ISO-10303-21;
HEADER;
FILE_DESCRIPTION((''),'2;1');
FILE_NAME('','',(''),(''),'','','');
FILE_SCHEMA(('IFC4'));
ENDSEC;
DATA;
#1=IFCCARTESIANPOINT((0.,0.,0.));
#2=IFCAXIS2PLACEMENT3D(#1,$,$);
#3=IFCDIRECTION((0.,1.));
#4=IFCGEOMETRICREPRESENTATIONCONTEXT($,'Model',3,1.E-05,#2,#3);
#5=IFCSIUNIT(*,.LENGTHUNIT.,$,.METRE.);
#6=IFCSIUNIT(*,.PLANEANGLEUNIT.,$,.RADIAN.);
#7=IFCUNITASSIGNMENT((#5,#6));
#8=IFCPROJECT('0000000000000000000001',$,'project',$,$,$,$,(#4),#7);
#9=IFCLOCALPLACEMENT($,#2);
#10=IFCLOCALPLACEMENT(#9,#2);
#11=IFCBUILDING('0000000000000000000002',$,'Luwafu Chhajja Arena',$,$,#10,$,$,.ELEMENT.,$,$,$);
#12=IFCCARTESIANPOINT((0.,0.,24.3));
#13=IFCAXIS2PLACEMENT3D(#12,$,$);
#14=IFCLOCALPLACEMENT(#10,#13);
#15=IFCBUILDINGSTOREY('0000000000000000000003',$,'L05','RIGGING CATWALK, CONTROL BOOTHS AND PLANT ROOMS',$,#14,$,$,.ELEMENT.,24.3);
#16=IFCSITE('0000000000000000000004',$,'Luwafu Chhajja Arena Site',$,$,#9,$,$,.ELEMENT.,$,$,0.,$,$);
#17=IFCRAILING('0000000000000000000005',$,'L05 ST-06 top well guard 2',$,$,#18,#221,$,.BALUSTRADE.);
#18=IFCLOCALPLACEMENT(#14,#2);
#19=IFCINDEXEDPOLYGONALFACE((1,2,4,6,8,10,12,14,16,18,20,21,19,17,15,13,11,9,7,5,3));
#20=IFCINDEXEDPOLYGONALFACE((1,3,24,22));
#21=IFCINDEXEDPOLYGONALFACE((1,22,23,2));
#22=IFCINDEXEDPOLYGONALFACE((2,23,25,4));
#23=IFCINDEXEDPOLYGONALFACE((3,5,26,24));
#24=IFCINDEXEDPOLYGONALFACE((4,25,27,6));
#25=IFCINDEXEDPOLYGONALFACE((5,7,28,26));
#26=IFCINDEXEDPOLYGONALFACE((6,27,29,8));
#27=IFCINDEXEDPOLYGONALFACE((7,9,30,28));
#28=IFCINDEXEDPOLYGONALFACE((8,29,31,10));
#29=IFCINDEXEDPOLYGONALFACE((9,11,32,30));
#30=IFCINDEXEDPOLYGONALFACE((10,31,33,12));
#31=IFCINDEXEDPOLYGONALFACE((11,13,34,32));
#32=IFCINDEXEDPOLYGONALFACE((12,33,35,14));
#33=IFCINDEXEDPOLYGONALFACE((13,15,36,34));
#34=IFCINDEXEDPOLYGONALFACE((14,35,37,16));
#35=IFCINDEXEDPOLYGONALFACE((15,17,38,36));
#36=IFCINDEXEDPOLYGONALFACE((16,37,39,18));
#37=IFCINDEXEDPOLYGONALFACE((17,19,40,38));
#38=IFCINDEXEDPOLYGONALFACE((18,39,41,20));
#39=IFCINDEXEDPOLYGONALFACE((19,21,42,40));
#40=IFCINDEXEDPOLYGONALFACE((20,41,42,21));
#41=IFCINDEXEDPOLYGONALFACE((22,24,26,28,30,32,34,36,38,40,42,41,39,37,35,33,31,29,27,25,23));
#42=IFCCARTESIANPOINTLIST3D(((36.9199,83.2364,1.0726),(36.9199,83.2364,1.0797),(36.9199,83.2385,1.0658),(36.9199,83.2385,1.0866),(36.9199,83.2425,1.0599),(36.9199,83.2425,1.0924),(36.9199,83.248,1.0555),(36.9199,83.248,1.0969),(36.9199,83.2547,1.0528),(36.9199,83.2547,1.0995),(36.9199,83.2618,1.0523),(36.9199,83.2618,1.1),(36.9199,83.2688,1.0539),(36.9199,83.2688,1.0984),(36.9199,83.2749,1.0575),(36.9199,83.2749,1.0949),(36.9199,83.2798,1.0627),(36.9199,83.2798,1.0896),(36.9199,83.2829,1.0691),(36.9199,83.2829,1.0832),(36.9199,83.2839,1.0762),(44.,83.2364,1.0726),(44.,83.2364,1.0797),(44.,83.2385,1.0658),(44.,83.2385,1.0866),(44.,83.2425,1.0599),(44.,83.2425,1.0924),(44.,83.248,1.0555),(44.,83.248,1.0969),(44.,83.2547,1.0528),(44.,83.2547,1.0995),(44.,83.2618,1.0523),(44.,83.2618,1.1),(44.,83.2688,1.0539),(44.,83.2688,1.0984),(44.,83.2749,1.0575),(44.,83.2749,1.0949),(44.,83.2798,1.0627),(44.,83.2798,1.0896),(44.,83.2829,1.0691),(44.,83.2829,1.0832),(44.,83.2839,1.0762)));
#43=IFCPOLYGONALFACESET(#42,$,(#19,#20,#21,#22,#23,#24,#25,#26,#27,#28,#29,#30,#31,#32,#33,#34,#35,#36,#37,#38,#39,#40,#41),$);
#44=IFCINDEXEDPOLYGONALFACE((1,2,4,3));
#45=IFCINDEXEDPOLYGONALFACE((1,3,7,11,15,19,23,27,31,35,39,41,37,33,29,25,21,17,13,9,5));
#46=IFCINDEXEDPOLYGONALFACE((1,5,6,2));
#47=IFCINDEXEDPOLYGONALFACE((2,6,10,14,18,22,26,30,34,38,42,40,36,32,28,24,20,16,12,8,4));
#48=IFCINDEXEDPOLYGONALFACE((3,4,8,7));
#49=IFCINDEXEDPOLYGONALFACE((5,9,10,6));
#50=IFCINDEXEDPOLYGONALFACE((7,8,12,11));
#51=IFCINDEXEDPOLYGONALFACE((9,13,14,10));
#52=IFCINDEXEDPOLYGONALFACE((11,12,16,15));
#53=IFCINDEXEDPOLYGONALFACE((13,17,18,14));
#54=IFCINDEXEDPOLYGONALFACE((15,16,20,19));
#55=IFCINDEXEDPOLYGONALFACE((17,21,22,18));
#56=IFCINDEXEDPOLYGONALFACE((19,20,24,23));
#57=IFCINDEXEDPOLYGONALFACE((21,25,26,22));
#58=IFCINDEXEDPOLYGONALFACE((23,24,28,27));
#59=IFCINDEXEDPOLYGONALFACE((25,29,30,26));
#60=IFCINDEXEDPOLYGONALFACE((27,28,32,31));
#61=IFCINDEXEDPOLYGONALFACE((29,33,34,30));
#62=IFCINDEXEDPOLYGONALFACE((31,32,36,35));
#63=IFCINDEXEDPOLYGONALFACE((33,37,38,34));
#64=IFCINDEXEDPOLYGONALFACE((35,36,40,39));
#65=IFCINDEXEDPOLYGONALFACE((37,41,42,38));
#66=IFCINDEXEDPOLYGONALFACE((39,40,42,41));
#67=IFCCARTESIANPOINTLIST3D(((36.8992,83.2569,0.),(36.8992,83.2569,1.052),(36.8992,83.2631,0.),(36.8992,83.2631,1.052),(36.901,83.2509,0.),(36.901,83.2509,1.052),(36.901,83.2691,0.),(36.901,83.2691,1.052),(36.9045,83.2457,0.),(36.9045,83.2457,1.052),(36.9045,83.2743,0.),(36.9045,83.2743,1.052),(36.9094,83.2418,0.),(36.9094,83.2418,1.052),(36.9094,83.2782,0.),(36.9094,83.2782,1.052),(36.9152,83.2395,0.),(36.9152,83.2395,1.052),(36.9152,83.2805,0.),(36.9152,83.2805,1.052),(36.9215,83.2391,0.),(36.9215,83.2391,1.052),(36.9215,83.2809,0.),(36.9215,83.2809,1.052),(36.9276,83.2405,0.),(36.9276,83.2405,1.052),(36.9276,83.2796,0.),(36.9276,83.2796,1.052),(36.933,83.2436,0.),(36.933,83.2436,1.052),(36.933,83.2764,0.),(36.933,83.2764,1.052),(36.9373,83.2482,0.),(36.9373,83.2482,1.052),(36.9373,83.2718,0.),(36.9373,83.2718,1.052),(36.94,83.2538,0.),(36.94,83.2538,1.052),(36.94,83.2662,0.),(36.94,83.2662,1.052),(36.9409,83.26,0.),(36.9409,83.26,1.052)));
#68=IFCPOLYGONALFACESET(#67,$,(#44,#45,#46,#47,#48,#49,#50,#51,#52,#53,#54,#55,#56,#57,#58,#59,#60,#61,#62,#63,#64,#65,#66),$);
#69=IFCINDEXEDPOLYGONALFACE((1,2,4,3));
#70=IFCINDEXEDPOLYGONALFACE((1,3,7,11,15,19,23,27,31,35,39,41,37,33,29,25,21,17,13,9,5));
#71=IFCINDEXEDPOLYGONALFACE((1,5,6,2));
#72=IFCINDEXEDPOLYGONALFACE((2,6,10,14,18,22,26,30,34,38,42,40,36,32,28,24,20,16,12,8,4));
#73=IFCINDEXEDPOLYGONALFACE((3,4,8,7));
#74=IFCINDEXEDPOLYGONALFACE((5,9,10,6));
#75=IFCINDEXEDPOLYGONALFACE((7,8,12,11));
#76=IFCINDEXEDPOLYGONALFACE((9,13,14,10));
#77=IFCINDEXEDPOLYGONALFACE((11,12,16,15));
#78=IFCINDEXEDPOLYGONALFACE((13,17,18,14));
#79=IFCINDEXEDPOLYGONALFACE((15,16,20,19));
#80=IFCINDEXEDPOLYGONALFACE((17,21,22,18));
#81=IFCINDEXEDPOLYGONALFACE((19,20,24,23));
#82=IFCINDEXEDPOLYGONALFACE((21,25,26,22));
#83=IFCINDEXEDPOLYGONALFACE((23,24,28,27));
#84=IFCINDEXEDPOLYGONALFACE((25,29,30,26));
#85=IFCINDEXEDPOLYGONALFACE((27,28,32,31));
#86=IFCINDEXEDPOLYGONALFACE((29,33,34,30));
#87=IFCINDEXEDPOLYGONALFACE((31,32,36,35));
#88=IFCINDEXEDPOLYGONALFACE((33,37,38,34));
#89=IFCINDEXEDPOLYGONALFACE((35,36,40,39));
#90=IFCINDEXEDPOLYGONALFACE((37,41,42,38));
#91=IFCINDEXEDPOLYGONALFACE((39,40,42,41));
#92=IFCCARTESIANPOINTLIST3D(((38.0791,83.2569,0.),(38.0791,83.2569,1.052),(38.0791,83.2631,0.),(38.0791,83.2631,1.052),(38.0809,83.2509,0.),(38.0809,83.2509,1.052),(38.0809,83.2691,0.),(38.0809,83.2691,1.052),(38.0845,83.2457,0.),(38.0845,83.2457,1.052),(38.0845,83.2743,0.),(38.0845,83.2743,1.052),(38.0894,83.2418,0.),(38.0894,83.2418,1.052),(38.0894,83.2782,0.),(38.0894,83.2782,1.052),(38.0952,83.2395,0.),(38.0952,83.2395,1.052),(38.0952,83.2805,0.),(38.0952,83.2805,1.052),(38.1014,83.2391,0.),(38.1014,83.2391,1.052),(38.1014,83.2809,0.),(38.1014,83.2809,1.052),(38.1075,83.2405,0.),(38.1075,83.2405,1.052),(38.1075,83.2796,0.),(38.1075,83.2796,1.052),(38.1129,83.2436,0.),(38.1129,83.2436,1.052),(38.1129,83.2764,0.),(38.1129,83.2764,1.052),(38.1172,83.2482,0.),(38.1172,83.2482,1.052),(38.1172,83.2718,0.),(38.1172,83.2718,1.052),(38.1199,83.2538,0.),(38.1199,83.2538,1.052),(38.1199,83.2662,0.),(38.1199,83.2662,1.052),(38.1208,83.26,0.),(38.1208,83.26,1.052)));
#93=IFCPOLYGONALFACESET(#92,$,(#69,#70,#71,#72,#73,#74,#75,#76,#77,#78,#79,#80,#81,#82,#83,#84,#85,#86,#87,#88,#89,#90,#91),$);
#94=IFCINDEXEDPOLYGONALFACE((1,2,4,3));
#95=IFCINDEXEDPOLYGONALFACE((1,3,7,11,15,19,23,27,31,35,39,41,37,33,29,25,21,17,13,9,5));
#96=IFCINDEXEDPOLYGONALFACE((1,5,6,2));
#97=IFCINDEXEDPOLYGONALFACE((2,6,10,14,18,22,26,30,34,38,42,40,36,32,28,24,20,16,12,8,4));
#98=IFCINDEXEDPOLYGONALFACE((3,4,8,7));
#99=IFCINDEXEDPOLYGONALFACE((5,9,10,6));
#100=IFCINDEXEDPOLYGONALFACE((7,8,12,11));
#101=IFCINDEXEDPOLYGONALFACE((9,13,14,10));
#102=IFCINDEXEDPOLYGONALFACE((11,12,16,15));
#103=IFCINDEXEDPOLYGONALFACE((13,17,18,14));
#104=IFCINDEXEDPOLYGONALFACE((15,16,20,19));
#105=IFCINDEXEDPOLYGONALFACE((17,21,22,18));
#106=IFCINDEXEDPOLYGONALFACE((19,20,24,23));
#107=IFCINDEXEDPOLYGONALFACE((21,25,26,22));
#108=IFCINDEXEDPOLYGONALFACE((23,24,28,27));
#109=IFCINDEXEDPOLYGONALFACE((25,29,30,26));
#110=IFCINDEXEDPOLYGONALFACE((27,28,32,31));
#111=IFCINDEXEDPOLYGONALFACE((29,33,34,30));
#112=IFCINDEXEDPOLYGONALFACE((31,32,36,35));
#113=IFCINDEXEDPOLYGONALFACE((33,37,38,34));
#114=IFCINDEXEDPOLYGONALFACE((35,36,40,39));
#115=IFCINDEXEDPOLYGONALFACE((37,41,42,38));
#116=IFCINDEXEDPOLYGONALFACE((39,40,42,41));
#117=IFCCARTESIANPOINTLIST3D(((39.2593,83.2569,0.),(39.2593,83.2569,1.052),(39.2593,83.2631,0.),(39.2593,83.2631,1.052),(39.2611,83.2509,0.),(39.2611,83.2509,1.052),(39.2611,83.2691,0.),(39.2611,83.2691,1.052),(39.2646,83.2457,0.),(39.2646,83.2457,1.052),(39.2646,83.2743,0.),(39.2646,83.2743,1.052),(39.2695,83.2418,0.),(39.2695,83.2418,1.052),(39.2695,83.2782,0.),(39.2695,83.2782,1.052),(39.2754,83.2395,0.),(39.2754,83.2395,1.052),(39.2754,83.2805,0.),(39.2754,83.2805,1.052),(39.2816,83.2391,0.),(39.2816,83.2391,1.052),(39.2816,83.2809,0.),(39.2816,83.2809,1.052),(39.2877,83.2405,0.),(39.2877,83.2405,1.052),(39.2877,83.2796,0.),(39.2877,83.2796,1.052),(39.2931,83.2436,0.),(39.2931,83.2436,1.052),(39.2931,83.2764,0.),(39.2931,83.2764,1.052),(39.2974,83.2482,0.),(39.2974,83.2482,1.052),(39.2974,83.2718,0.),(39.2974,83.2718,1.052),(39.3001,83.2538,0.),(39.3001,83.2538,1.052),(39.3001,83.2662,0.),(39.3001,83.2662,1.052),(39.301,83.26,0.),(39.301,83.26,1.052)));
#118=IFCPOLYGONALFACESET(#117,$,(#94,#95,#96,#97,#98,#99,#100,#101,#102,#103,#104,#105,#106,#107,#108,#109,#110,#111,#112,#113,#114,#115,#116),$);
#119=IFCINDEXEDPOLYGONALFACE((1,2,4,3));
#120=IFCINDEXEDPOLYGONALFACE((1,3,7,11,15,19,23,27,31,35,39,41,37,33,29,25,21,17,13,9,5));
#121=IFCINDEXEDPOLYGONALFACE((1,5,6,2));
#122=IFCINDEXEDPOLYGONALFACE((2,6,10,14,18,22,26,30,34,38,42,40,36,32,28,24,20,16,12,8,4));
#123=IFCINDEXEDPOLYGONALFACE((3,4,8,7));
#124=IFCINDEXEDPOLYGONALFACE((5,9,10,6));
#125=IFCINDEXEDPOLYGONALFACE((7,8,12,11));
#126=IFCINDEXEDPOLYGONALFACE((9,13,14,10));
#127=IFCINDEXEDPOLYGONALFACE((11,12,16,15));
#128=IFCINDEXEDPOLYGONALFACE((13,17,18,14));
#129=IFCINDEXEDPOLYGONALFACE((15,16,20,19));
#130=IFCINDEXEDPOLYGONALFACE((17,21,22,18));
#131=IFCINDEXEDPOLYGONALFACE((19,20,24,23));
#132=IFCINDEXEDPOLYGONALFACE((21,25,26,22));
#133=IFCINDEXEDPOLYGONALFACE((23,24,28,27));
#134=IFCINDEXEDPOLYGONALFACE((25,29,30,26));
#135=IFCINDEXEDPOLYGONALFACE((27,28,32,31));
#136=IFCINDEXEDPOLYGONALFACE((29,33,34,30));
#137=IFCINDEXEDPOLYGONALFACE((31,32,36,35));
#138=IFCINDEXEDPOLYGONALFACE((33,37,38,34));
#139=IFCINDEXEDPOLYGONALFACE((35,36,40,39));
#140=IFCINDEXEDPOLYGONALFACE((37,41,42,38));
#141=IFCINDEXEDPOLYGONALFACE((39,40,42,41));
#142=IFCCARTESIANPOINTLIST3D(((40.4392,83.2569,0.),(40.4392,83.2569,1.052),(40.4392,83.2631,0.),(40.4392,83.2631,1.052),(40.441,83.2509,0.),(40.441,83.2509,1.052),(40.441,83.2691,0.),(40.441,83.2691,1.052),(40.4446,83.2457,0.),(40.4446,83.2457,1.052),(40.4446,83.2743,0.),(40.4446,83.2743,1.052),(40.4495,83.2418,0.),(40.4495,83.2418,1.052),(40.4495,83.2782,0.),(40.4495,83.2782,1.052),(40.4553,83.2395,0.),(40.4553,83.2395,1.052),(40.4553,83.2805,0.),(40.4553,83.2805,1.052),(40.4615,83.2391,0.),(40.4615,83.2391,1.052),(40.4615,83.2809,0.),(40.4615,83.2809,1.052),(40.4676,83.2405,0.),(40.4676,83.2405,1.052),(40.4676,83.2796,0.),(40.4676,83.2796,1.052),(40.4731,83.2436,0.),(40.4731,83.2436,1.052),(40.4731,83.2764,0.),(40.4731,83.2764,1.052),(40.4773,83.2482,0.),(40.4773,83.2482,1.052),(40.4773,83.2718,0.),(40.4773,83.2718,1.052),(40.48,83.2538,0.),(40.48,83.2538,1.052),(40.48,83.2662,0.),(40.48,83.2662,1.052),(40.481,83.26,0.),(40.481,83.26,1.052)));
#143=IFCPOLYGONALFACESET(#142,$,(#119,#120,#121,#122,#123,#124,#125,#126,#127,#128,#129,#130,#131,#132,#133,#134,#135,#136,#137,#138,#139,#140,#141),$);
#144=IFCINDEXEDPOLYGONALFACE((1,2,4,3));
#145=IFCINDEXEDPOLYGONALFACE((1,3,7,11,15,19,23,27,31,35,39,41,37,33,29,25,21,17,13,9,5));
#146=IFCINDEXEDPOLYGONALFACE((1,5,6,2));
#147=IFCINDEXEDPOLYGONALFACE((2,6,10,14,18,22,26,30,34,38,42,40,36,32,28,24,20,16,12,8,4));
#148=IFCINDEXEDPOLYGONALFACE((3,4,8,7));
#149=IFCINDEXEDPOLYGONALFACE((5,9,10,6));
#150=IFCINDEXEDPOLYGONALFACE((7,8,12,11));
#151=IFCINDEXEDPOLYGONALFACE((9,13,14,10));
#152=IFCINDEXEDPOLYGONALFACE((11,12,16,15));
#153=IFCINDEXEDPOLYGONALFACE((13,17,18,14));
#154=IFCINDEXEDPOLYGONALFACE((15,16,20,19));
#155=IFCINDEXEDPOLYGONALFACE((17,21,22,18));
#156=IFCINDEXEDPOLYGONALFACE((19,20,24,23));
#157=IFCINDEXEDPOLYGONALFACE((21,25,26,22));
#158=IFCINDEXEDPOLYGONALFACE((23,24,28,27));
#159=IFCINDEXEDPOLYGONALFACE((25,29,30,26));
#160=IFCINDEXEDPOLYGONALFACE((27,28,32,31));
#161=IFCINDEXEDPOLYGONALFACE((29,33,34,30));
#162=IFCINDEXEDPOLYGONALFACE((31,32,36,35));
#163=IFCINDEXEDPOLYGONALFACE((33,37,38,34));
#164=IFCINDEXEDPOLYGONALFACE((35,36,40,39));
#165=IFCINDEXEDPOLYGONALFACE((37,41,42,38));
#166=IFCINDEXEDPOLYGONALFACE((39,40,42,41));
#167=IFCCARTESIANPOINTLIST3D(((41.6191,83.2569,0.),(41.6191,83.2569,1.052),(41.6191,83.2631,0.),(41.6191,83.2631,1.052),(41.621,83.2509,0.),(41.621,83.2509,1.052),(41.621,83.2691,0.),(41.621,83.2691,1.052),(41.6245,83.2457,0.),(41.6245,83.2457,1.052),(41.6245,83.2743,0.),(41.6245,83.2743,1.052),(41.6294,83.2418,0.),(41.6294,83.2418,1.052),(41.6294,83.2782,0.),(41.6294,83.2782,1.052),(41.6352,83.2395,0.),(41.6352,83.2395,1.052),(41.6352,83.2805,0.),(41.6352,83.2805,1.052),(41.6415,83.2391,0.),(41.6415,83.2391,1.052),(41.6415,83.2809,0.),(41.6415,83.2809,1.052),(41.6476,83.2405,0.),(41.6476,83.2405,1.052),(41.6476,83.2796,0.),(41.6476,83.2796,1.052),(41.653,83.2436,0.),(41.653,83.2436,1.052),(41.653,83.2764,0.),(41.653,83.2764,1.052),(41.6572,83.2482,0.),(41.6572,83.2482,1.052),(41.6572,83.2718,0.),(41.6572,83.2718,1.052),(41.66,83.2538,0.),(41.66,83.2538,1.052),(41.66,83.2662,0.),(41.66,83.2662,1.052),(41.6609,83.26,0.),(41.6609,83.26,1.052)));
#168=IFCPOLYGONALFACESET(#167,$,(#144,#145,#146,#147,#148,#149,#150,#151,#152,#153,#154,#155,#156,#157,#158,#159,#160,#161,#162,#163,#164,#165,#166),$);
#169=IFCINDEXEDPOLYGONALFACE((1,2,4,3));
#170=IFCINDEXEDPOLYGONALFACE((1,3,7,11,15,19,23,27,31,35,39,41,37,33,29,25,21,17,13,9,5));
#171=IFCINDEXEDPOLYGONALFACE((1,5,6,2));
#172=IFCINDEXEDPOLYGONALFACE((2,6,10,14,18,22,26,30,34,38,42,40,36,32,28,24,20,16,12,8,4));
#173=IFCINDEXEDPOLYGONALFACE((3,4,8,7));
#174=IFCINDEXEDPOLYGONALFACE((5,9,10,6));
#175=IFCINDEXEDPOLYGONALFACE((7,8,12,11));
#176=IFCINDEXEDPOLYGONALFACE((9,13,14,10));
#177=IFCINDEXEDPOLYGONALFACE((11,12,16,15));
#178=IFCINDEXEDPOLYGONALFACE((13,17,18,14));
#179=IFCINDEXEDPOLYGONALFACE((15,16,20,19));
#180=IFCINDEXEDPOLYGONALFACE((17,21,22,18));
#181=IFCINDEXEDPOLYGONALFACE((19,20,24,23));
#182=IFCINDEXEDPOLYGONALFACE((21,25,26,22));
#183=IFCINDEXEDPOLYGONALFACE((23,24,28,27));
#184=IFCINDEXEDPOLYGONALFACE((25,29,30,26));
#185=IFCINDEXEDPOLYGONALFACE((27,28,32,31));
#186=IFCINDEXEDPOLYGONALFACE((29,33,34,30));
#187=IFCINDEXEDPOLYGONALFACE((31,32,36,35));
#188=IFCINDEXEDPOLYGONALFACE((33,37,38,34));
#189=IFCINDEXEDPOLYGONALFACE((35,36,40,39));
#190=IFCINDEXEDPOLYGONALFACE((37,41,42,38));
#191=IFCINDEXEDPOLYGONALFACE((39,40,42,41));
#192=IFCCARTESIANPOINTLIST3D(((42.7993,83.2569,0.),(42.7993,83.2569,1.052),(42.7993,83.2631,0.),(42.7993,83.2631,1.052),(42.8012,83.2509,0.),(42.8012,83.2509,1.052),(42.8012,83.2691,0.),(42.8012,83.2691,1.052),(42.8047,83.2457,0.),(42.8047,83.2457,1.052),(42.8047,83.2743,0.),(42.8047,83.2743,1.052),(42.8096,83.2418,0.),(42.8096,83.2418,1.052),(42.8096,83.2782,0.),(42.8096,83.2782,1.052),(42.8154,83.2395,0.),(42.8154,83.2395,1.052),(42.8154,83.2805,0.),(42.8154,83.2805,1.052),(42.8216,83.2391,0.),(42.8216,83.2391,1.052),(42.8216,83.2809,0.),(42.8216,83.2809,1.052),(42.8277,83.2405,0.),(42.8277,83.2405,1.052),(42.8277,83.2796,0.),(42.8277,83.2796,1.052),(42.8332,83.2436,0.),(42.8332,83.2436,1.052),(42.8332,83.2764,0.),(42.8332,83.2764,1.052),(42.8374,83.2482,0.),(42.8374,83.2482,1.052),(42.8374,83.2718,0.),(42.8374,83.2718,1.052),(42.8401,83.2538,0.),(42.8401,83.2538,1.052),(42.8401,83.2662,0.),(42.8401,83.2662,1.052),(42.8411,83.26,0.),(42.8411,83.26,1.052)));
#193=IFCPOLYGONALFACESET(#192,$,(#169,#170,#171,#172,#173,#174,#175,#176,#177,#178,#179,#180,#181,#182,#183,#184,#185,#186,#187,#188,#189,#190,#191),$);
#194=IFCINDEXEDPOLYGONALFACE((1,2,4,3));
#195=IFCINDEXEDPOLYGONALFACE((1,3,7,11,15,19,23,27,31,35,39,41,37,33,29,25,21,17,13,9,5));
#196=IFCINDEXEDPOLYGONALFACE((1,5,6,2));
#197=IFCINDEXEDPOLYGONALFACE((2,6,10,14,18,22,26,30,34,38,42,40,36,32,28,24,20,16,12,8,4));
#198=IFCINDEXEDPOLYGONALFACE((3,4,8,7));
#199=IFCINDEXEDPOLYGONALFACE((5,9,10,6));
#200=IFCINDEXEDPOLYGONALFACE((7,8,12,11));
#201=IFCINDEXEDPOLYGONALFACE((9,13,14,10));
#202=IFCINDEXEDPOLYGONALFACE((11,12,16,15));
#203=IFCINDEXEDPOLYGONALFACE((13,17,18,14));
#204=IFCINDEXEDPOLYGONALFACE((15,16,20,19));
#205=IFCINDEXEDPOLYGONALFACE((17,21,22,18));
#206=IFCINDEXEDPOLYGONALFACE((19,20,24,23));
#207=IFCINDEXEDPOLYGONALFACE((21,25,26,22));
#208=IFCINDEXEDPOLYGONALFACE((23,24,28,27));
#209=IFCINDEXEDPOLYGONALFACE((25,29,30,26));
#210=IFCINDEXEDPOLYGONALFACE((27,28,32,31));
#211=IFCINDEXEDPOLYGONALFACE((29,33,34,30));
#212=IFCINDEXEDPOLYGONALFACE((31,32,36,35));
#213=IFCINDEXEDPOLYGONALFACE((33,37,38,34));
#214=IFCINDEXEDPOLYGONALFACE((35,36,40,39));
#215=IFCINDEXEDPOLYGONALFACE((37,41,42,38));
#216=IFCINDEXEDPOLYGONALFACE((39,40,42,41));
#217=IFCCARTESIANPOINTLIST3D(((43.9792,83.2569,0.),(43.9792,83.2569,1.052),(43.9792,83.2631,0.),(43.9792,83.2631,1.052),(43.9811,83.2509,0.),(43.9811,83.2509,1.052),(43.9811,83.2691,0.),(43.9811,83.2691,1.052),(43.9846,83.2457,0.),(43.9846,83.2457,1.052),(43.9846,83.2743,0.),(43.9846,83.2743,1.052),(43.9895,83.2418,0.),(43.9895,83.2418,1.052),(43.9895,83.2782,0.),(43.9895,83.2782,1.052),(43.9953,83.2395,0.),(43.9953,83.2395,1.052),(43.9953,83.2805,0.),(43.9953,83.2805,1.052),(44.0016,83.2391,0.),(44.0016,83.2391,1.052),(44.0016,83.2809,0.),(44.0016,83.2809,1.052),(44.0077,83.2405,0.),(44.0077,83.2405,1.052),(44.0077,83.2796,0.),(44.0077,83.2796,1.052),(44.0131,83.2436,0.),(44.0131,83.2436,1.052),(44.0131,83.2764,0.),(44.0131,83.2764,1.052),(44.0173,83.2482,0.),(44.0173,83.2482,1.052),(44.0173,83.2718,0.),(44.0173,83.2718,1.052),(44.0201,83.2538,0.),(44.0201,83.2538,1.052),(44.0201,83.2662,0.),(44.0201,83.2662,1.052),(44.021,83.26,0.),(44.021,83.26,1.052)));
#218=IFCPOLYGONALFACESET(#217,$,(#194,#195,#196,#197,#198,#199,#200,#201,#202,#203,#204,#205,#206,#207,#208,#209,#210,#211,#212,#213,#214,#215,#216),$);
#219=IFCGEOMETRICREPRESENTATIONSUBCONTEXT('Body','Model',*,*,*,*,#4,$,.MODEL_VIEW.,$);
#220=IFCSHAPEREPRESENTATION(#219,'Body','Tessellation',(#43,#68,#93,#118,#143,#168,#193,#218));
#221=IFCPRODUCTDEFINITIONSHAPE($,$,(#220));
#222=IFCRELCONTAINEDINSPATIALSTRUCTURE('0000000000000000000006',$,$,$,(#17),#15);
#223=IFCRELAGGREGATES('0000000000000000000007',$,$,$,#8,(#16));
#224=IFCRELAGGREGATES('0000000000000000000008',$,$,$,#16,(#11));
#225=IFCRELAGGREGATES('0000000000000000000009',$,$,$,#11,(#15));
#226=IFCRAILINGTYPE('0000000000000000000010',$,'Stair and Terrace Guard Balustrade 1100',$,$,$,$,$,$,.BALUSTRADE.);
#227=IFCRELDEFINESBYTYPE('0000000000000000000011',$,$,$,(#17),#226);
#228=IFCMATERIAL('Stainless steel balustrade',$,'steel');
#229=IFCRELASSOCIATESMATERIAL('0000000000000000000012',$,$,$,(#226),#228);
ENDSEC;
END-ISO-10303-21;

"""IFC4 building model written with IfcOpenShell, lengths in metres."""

from ifc_helpers import new_model, si_unit, direction, frame, origin, origin_2d, place, context, subcontext, project, spatial, circle, extrude, material, type_object, element, save


model = new_model("IFC4")

# Units and contexts
model_context = context("Model", 3, precision=1e-05, world=origin(), true_north=direction((0.0, 1.0)))
body_context = subcontext(model_context, "Body", "Model", "MODEL_VIEW")
ifc_project = project(units=[si_unit("LENGTHUNIT", "METRE"), si_unit("PLANEANGLEUNIT", "RADIAN")], contexts=[model_context])

# Site, building, storey
site_placement = place(None, origin())
site = spatial("IfcSite", under=ifc_project, at=site_placement, Name="Luwafu Chhajja Arena Site", CompositionType="ELEMENT", RefElevation=0.0)
building_placement = place(site_placement, origin())
building = spatial("IfcBuilding", under=site, at=building_placement, Name="Luwafu Chhajja Arena", CompositionType="ELEMENT")
storey_placement = place(building_placement, frame((0.0, 0.0, 24.3)))
storey = spatial("IfcBuildingStorey", under=building, at=storey_placement, Name="L05", Description="RIGGING CATWALK, CONTROL BOOTHS AND PLANT ROOMS", CompositionType="ELEMENT", Elevation=24.3)

# Railing
ifc_material_1 = material(Name="Stainless steel balustrade", Category="steel")
railing_type = type_object("IfcRailingType", Name="Stair and Terrace Guard Balustrade 1100", PredefinedType="BALUSTRADE", material=ifc_material_1)
for number, where, name in (
    (1, (36.9199, 83.26, 0.0), "L05 ST-06 top well guard 2"),
):
    element("IfcRailing", number, at=place(storey_placement, frame(where)), inside=storey, type_object=railing_type, Name=name, PredefinedType="BALUSTRADE", context=body_context, shape_type="SweptSolid", body=[
        extrude(circle(Radius=0.0239, at=origin_2d()), frame((0.0, 0.0, 1.0762), z_axis=(1.0, 0.0, 0.0), x_axis=(0.0, 1.0, 0.0)), (0.0, 0.0, 1.0), 7.0801),
        extrude(circle(Radius=0.021, at=origin_2d()), origin(), (0.0, 0.0, 1.0), 1.052),
        extrude(circle(Radius=0.021, at=origin_2d()), frame((1.1799, 0.0, 0.0)), (0.0, 0.0, 1.0), 1.052),
        extrude(circle(Radius=0.021, at=origin_2d()), frame((2.3601, 0.0, 0.0)), (0.0, 0.0, 1.0), 1.052),
        extrude(circle(Radius=0.021, at=origin_2d()), frame((3.54, 0.0, 0.0)), (0.0, 0.0, 1.0), 1.052),
        extrude(circle(Radius=0.021, at=origin_2d()), frame((4.72, 0.0, 0.0)), (0.0, 0.0, 1.0), 1.052),
        extrude(circle(Radius=0.021, at=origin_2d()), frame((5.9001, 0.0, 0.0)), (0.0, 0.0, 1.0), 1.052),
        extrude(circle(Radius=0.021, at=origin_2d()), frame((7.0801, 0.0, 0.0)), (0.0, 0.0, 1.0), 1.052),
    ])

save(model, "model.ifc")
